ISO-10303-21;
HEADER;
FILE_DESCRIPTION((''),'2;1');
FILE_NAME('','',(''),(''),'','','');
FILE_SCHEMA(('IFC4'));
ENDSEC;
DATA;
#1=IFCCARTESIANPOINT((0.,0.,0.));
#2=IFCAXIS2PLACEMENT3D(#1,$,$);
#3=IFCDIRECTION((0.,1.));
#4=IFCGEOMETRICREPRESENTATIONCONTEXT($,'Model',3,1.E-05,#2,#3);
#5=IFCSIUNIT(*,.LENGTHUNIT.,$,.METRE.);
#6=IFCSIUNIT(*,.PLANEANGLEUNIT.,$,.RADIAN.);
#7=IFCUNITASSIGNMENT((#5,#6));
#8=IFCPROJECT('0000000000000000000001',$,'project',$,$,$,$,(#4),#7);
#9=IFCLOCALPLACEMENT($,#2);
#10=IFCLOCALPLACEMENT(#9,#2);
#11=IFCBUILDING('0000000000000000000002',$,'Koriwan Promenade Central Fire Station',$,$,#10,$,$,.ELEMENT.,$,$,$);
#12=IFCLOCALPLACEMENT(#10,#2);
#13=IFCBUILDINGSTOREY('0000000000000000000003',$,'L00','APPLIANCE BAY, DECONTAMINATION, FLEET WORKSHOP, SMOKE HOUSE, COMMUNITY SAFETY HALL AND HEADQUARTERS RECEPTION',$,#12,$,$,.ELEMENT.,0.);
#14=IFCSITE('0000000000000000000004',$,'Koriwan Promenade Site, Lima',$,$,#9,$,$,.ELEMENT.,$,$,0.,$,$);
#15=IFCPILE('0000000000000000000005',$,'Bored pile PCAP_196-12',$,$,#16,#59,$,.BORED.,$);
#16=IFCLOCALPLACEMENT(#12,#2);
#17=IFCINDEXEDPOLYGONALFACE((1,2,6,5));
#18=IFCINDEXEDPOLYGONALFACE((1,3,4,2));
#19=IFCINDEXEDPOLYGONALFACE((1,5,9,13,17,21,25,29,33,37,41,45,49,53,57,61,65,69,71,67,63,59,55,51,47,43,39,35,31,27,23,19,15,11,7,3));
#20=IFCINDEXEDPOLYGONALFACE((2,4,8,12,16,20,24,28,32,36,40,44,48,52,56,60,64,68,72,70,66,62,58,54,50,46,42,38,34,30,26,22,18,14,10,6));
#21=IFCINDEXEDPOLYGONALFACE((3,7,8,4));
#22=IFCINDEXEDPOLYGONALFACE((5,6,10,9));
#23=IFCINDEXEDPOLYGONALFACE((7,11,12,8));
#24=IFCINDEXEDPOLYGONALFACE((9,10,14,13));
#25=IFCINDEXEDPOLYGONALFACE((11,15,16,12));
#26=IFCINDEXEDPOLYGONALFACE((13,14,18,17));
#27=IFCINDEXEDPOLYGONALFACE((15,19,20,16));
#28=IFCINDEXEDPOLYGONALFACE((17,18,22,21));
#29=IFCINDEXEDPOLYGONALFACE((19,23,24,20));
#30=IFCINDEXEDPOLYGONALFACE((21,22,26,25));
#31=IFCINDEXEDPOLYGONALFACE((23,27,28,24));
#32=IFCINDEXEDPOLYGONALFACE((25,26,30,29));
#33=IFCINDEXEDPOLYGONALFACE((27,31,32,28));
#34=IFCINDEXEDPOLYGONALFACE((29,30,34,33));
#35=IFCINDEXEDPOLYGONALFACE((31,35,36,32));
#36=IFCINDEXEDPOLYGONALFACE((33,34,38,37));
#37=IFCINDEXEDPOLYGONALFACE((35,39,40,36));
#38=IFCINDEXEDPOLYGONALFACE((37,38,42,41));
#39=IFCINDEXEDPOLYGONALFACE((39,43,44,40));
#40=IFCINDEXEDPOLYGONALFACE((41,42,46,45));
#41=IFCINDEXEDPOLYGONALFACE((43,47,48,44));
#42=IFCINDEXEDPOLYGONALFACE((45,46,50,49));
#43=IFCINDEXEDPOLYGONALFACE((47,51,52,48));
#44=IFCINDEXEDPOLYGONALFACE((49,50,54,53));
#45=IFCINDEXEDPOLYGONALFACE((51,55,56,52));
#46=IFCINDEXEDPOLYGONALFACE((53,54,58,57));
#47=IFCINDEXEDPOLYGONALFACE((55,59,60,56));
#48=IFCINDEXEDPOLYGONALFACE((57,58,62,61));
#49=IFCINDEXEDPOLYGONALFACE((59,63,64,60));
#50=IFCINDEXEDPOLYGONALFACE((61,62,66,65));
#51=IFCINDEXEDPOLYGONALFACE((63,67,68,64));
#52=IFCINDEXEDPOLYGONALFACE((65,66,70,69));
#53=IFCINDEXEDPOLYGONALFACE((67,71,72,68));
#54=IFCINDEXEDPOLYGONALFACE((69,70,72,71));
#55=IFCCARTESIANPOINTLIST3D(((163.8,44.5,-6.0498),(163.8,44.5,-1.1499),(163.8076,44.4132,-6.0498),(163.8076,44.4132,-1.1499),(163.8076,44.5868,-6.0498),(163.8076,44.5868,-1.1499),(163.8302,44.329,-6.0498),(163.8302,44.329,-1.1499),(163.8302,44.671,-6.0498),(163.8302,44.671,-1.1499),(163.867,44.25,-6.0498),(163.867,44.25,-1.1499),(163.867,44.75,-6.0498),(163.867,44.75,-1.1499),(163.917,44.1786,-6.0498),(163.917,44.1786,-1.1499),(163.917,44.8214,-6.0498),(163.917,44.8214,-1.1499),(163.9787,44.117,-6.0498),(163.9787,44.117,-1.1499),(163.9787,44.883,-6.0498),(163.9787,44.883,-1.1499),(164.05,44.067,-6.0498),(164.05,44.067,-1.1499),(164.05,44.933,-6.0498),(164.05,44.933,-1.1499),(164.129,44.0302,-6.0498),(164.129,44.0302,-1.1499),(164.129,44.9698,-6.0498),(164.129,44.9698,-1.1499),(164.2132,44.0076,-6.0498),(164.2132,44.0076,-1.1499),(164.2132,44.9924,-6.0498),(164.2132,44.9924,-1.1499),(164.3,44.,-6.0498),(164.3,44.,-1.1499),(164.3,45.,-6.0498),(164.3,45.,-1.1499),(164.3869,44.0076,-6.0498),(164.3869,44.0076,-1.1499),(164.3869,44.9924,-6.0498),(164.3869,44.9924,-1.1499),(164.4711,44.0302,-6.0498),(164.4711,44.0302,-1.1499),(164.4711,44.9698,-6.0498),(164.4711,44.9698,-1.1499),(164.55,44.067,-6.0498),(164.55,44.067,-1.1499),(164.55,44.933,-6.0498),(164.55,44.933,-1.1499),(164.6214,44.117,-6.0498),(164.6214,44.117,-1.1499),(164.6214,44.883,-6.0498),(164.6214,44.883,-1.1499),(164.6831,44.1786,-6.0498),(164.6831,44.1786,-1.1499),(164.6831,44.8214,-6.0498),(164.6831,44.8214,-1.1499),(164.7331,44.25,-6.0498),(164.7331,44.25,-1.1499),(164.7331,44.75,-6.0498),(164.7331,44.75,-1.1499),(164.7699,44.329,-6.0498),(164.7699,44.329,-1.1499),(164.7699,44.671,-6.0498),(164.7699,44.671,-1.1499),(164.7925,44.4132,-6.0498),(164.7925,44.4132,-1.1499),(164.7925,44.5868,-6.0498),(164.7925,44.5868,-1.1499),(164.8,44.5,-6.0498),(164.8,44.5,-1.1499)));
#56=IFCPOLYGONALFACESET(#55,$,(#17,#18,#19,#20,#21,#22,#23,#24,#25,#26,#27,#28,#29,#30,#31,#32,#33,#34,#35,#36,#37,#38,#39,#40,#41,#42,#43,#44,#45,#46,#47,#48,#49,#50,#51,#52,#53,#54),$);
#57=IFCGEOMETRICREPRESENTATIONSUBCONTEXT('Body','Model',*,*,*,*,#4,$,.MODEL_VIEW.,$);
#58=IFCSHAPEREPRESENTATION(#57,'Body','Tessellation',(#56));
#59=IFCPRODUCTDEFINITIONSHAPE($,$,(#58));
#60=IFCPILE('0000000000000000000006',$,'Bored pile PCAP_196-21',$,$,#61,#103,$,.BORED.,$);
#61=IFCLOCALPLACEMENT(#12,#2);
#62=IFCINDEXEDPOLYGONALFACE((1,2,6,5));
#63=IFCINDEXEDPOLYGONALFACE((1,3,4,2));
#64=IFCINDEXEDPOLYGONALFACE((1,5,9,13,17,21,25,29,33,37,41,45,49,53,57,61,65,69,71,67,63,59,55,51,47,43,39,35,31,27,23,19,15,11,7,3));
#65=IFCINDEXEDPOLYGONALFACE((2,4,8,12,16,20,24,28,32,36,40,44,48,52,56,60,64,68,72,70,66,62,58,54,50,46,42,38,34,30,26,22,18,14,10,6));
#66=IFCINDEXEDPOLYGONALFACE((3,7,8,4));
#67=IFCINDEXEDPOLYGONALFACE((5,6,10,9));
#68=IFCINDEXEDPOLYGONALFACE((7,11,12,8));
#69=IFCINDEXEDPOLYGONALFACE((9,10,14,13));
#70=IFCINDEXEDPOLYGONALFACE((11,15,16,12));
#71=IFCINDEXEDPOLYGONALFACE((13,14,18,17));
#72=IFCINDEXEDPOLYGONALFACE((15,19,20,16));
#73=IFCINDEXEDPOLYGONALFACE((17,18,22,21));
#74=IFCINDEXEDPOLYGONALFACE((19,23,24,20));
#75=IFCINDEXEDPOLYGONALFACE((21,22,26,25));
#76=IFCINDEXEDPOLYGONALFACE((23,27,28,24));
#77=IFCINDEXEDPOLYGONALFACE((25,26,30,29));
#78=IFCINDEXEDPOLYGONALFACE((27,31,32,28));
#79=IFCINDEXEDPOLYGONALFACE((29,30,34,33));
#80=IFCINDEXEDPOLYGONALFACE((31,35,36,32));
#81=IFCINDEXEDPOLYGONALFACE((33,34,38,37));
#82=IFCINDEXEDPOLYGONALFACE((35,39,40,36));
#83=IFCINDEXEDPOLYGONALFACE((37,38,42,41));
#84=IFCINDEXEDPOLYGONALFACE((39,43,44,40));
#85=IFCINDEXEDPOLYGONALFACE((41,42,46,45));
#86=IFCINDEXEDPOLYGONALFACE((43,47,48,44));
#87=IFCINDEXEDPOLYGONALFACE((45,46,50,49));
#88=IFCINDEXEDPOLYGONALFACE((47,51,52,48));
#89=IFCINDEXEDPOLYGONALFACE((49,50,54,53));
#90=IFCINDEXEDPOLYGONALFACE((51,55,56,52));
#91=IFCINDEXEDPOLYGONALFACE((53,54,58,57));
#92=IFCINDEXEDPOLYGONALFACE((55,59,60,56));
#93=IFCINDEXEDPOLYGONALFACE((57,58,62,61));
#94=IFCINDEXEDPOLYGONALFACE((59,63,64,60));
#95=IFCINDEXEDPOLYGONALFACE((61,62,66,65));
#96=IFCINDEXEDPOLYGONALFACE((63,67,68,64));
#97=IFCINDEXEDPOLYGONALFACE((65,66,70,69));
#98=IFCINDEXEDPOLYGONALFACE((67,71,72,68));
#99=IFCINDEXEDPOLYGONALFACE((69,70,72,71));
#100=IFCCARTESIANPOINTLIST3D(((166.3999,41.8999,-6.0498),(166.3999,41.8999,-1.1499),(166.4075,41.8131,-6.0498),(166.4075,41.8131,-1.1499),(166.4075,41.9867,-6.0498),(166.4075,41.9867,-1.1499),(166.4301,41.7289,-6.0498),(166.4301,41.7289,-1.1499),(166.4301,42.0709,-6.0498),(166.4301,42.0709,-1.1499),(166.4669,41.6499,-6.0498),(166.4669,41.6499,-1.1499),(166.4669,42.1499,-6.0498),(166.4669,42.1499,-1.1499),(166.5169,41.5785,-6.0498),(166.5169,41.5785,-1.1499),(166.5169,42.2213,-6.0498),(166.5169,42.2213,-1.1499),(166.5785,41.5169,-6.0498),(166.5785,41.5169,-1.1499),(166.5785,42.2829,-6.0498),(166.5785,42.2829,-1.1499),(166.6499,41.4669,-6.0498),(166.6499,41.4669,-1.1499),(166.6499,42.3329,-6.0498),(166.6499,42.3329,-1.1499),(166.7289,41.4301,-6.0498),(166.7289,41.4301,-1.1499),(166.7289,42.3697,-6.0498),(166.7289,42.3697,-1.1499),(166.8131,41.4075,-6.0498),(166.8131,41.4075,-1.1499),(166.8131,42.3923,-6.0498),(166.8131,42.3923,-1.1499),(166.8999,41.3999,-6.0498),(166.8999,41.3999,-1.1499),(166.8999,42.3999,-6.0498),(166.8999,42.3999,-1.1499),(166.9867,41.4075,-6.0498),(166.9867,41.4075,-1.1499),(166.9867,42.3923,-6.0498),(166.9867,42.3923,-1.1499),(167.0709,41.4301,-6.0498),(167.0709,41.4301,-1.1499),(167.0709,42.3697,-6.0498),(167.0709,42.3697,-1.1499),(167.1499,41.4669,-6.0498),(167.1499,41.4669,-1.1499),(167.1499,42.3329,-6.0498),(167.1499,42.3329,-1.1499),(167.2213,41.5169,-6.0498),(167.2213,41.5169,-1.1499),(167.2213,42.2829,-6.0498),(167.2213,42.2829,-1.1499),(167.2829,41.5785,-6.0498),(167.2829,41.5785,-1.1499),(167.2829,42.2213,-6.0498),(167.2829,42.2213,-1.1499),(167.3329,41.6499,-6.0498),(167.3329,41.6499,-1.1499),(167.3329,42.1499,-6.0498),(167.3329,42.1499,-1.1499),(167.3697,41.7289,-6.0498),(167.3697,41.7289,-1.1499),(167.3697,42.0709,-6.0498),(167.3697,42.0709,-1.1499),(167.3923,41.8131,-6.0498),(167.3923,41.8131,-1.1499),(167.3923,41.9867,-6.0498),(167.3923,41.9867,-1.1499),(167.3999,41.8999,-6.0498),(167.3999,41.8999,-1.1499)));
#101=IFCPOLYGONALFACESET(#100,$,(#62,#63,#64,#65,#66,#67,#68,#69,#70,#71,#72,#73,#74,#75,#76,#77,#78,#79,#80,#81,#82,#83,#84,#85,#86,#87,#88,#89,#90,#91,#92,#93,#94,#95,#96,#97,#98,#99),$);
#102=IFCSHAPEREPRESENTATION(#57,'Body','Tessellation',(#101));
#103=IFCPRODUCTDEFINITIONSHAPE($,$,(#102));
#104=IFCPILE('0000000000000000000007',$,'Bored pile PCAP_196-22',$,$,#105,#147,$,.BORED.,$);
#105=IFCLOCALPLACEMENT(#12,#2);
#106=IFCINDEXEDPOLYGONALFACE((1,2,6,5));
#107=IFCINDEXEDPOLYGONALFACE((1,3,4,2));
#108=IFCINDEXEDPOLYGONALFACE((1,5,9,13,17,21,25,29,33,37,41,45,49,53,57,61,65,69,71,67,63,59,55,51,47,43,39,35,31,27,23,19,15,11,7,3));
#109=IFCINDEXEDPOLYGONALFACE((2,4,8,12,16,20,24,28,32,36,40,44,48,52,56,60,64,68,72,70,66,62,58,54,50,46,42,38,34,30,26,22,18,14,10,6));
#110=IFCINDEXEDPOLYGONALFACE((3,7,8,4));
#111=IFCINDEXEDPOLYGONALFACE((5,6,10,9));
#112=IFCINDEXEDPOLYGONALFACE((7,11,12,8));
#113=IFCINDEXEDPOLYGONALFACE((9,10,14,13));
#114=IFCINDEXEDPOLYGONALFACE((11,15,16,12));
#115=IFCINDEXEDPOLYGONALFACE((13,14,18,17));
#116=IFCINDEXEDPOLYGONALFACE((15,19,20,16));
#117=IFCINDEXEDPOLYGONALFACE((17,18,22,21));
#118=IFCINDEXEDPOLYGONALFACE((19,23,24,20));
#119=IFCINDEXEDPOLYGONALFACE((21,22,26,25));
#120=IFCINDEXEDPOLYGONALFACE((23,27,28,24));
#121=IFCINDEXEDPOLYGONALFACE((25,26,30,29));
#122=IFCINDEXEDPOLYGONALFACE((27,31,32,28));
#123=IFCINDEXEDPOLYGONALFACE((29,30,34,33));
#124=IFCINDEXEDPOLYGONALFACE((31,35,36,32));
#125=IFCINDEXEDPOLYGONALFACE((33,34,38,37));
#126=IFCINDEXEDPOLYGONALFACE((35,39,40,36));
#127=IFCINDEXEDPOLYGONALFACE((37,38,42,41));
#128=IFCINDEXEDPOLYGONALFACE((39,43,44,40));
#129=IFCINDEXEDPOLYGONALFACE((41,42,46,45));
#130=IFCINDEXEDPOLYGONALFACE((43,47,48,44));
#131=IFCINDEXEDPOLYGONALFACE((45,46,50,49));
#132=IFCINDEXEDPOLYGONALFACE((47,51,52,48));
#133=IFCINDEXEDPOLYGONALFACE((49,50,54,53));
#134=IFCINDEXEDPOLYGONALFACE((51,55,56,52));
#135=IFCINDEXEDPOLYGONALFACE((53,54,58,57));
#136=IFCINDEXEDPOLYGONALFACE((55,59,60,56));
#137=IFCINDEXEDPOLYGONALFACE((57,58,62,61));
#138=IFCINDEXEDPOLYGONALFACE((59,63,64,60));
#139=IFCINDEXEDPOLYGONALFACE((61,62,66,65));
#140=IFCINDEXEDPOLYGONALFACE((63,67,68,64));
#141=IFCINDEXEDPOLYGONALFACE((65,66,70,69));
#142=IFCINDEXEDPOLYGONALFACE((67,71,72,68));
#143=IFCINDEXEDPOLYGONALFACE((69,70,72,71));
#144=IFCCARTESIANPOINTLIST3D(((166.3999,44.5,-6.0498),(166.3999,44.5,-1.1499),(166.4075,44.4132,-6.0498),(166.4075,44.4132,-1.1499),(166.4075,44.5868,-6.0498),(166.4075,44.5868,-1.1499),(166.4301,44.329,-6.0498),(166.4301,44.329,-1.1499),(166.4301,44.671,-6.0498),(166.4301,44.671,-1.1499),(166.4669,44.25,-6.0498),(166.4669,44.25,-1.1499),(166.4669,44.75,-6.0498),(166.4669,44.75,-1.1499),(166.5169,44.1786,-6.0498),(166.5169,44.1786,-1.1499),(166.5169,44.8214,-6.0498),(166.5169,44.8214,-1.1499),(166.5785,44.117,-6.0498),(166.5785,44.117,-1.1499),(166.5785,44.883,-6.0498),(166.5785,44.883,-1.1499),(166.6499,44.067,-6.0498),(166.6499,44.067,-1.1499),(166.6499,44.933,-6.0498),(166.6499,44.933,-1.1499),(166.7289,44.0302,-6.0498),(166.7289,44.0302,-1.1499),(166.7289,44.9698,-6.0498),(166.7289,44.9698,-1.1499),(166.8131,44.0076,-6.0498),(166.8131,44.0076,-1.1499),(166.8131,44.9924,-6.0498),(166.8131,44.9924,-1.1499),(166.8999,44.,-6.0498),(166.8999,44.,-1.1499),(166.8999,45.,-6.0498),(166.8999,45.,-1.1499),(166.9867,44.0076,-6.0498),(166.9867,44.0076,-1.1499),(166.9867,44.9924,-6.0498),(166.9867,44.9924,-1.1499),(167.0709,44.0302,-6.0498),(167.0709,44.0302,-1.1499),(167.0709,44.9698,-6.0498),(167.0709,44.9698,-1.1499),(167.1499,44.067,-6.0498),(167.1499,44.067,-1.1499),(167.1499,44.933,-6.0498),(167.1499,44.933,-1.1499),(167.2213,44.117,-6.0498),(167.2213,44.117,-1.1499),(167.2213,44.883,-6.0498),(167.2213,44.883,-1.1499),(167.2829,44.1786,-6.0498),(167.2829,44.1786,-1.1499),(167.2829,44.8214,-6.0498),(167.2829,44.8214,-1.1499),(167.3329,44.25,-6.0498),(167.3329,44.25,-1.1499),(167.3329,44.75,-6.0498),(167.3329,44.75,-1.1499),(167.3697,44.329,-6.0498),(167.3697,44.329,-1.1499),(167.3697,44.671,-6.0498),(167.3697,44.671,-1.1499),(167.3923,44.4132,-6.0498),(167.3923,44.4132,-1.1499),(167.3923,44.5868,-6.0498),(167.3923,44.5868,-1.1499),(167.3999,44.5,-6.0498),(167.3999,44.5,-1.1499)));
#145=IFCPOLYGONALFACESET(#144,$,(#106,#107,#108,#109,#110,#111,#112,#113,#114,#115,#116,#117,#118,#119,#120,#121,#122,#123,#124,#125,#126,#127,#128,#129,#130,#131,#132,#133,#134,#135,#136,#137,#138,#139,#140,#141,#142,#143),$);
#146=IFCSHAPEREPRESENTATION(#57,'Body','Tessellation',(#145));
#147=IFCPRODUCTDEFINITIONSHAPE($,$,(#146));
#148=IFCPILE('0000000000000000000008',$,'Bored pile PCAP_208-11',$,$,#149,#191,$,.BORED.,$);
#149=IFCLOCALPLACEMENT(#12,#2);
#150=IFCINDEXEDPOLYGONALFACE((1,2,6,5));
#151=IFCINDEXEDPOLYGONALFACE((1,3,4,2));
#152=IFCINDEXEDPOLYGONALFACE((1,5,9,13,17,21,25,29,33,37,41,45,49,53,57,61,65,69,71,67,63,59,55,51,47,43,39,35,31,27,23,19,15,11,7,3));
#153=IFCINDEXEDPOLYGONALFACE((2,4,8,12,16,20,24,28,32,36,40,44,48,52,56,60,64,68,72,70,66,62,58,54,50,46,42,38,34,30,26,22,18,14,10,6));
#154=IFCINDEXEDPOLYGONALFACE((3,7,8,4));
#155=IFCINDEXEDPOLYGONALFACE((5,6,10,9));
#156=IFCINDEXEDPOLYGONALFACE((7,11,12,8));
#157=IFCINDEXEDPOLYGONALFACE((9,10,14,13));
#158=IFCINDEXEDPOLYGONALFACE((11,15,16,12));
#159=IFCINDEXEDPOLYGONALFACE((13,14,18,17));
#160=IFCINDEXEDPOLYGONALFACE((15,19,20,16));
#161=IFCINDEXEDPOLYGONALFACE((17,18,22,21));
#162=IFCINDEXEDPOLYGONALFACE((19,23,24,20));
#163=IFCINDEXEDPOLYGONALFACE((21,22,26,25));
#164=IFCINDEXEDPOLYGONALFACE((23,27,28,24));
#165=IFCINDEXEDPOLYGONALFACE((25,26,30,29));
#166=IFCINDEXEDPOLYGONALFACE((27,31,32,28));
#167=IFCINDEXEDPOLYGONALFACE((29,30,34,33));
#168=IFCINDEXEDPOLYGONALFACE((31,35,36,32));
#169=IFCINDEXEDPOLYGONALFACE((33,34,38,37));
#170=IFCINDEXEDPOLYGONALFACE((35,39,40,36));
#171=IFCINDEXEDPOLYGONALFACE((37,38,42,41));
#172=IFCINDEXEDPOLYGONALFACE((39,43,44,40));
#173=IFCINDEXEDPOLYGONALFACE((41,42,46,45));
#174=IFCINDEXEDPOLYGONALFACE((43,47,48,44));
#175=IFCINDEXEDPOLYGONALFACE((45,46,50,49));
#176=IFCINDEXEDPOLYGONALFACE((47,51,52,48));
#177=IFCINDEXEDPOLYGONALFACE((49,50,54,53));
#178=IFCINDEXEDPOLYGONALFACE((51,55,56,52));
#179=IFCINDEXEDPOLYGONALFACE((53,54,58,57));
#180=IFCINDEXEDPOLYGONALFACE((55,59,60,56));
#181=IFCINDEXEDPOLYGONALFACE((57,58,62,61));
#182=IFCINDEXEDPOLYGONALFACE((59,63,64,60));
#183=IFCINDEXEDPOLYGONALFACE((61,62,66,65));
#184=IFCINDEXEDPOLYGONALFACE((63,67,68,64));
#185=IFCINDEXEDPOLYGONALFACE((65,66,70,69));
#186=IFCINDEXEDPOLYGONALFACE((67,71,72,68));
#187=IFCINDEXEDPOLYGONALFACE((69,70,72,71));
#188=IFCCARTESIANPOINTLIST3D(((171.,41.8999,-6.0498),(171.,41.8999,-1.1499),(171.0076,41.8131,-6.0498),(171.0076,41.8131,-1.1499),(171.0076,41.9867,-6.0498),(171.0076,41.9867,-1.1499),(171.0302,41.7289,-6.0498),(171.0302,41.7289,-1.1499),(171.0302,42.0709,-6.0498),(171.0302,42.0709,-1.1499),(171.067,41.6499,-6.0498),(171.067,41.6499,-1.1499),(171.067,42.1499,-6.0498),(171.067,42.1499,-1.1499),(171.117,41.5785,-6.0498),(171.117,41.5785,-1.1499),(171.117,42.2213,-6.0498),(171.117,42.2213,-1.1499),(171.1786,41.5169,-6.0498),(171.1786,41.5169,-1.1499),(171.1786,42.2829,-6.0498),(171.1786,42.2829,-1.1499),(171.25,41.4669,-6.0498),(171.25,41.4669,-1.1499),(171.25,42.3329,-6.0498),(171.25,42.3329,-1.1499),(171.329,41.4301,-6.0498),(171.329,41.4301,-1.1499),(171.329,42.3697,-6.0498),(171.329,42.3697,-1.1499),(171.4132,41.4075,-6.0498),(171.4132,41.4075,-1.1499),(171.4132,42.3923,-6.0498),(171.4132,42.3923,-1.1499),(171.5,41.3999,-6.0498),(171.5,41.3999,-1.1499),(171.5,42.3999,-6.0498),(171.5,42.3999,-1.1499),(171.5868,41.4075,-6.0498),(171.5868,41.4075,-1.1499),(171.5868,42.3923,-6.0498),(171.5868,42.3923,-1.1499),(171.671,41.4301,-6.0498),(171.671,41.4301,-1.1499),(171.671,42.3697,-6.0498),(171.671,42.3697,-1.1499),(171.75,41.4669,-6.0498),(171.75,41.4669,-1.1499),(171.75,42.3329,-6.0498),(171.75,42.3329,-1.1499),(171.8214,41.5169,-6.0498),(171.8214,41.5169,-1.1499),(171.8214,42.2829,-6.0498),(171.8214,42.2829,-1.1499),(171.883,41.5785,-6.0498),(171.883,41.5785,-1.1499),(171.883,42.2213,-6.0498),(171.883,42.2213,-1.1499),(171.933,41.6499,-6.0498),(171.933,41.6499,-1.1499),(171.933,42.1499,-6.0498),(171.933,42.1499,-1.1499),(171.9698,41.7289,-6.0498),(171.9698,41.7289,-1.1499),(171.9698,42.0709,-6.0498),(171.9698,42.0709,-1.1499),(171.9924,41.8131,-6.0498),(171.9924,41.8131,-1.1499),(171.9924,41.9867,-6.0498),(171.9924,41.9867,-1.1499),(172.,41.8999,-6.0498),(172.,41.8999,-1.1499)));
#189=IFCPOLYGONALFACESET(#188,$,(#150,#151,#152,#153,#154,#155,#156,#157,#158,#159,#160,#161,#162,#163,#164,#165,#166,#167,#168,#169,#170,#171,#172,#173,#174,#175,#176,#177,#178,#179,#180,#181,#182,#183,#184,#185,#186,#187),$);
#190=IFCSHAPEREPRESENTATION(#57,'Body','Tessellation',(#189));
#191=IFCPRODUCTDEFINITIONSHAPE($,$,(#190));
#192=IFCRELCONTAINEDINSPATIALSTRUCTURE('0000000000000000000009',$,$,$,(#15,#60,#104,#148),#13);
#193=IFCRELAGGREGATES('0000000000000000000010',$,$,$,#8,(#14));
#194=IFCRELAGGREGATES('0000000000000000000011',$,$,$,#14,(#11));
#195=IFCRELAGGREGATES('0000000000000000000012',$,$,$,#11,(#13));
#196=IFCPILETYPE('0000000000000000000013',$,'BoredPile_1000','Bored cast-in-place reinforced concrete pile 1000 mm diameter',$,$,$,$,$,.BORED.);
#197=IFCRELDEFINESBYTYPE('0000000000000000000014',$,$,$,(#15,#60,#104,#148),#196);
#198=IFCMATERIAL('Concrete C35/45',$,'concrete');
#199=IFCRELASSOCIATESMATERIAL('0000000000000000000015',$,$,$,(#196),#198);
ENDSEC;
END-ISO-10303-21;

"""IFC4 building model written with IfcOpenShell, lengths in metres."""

from ifc_helpers import new_model, si_unit, direction, frame, origin, origin_2d, place, context, subcontext, project, spatial, circle, extrude, material, material_profile, profile_set, type_object, element, save


model = new_model("IFC4")

# Units and contexts
model_context = context("Model", 3, precision=1e-05, world=origin(), true_north=direction((0.0, 1.0)))
body_context = subcontext(model_context, "Body", "Model", "MODEL_VIEW")
ifc_project = project(units=[si_unit("LENGTHUNIT", "METRE"), si_unit("PLANEANGLEUNIT", "RADIAN")], contexts=[model_context])

# Site, building, storey
site_placement = place(None, origin())
site = spatial("IfcSite", under=ifc_project, at=site_placement, Name="Koriwan Promenade Site, Lima", CompositionType="ELEMENT", RefElevation=0.0)
building_placement = place(site_placement, origin())
building = spatial("IfcBuilding", under=site, at=building_placement, Name="Koriwan Promenade Central Fire Station", CompositionType="ELEMENT")
storey_placement = place(building_placement, origin())
storey = spatial("IfcBuildingStorey", under=building, at=storey_placement, Name="L00", Description="APPLIANCE BAY, DECONTAMINATION, FLEET WORKSHOP, SMOKE HOUSE, COMMUNITY SAFETY HALL AND HEADQUARTERS RECEPTION", CompositionType="ELEMENT", Elevation=0.0)

# Piles
ifc_material_1 = material(Name="Concrete C35/45", Category="concrete")
ifc_material_profile_1 = material_profile(ifc_material_1, circle(Radius=0.5, at=origin_2d()), Name="PILE-D1000")
ifc_profile_set_1 = profile_set([ifc_material_profile_1], Name="Concrete C35/45")
pile_type_1 = type_object("IfcPileType", Name="BoredPile_1000", Description="Bored cast-in-place reinforced concrete pile 1000 mm diameter", PredefinedType="BORED", material=ifc_profile_set_1)
for number, where, z_axis, x_axis, name in (
    (1, (164.3, 44.5, -1.1499), (0.0, 0.0, -1.0), (1.0, 0.0, 0.0), "Bored pile PCAP_196-12"),
    (2, (166.8999, 41.8999, -1.1499), (0.0, 0.0, -1.0), (1.0, 0.0, 0.0), "Bored pile PCAP_196-21"),
    (3, (166.8999, 44.5, -1.1499), (0.0, 0.0, -1.0), (1.0, 0.0, 0.0), "Bored pile PCAP_196-22"),
    (4, (171.5, 41.8999, -1.1499), (0.0, 0.0, -1.0), (1.0, 0.0, 0.0), "Bored pile PCAP_208-11"),
):
    element("IfcPile", number, at=place(storey_placement, frame(where, z_axis=z_axis, x_axis=x_axis)), inside=storey, type_object=pile_type_1, Name=name, PredefinedType="BORED", context=body_context, shape_type="SweptSolid", body=[
        extrude(circle(Radius=0.5, at=origin_2d()), origin(), (0.0, 0.0, 1.0), 4.8999),
    ])

save(model, "model.ifc")
